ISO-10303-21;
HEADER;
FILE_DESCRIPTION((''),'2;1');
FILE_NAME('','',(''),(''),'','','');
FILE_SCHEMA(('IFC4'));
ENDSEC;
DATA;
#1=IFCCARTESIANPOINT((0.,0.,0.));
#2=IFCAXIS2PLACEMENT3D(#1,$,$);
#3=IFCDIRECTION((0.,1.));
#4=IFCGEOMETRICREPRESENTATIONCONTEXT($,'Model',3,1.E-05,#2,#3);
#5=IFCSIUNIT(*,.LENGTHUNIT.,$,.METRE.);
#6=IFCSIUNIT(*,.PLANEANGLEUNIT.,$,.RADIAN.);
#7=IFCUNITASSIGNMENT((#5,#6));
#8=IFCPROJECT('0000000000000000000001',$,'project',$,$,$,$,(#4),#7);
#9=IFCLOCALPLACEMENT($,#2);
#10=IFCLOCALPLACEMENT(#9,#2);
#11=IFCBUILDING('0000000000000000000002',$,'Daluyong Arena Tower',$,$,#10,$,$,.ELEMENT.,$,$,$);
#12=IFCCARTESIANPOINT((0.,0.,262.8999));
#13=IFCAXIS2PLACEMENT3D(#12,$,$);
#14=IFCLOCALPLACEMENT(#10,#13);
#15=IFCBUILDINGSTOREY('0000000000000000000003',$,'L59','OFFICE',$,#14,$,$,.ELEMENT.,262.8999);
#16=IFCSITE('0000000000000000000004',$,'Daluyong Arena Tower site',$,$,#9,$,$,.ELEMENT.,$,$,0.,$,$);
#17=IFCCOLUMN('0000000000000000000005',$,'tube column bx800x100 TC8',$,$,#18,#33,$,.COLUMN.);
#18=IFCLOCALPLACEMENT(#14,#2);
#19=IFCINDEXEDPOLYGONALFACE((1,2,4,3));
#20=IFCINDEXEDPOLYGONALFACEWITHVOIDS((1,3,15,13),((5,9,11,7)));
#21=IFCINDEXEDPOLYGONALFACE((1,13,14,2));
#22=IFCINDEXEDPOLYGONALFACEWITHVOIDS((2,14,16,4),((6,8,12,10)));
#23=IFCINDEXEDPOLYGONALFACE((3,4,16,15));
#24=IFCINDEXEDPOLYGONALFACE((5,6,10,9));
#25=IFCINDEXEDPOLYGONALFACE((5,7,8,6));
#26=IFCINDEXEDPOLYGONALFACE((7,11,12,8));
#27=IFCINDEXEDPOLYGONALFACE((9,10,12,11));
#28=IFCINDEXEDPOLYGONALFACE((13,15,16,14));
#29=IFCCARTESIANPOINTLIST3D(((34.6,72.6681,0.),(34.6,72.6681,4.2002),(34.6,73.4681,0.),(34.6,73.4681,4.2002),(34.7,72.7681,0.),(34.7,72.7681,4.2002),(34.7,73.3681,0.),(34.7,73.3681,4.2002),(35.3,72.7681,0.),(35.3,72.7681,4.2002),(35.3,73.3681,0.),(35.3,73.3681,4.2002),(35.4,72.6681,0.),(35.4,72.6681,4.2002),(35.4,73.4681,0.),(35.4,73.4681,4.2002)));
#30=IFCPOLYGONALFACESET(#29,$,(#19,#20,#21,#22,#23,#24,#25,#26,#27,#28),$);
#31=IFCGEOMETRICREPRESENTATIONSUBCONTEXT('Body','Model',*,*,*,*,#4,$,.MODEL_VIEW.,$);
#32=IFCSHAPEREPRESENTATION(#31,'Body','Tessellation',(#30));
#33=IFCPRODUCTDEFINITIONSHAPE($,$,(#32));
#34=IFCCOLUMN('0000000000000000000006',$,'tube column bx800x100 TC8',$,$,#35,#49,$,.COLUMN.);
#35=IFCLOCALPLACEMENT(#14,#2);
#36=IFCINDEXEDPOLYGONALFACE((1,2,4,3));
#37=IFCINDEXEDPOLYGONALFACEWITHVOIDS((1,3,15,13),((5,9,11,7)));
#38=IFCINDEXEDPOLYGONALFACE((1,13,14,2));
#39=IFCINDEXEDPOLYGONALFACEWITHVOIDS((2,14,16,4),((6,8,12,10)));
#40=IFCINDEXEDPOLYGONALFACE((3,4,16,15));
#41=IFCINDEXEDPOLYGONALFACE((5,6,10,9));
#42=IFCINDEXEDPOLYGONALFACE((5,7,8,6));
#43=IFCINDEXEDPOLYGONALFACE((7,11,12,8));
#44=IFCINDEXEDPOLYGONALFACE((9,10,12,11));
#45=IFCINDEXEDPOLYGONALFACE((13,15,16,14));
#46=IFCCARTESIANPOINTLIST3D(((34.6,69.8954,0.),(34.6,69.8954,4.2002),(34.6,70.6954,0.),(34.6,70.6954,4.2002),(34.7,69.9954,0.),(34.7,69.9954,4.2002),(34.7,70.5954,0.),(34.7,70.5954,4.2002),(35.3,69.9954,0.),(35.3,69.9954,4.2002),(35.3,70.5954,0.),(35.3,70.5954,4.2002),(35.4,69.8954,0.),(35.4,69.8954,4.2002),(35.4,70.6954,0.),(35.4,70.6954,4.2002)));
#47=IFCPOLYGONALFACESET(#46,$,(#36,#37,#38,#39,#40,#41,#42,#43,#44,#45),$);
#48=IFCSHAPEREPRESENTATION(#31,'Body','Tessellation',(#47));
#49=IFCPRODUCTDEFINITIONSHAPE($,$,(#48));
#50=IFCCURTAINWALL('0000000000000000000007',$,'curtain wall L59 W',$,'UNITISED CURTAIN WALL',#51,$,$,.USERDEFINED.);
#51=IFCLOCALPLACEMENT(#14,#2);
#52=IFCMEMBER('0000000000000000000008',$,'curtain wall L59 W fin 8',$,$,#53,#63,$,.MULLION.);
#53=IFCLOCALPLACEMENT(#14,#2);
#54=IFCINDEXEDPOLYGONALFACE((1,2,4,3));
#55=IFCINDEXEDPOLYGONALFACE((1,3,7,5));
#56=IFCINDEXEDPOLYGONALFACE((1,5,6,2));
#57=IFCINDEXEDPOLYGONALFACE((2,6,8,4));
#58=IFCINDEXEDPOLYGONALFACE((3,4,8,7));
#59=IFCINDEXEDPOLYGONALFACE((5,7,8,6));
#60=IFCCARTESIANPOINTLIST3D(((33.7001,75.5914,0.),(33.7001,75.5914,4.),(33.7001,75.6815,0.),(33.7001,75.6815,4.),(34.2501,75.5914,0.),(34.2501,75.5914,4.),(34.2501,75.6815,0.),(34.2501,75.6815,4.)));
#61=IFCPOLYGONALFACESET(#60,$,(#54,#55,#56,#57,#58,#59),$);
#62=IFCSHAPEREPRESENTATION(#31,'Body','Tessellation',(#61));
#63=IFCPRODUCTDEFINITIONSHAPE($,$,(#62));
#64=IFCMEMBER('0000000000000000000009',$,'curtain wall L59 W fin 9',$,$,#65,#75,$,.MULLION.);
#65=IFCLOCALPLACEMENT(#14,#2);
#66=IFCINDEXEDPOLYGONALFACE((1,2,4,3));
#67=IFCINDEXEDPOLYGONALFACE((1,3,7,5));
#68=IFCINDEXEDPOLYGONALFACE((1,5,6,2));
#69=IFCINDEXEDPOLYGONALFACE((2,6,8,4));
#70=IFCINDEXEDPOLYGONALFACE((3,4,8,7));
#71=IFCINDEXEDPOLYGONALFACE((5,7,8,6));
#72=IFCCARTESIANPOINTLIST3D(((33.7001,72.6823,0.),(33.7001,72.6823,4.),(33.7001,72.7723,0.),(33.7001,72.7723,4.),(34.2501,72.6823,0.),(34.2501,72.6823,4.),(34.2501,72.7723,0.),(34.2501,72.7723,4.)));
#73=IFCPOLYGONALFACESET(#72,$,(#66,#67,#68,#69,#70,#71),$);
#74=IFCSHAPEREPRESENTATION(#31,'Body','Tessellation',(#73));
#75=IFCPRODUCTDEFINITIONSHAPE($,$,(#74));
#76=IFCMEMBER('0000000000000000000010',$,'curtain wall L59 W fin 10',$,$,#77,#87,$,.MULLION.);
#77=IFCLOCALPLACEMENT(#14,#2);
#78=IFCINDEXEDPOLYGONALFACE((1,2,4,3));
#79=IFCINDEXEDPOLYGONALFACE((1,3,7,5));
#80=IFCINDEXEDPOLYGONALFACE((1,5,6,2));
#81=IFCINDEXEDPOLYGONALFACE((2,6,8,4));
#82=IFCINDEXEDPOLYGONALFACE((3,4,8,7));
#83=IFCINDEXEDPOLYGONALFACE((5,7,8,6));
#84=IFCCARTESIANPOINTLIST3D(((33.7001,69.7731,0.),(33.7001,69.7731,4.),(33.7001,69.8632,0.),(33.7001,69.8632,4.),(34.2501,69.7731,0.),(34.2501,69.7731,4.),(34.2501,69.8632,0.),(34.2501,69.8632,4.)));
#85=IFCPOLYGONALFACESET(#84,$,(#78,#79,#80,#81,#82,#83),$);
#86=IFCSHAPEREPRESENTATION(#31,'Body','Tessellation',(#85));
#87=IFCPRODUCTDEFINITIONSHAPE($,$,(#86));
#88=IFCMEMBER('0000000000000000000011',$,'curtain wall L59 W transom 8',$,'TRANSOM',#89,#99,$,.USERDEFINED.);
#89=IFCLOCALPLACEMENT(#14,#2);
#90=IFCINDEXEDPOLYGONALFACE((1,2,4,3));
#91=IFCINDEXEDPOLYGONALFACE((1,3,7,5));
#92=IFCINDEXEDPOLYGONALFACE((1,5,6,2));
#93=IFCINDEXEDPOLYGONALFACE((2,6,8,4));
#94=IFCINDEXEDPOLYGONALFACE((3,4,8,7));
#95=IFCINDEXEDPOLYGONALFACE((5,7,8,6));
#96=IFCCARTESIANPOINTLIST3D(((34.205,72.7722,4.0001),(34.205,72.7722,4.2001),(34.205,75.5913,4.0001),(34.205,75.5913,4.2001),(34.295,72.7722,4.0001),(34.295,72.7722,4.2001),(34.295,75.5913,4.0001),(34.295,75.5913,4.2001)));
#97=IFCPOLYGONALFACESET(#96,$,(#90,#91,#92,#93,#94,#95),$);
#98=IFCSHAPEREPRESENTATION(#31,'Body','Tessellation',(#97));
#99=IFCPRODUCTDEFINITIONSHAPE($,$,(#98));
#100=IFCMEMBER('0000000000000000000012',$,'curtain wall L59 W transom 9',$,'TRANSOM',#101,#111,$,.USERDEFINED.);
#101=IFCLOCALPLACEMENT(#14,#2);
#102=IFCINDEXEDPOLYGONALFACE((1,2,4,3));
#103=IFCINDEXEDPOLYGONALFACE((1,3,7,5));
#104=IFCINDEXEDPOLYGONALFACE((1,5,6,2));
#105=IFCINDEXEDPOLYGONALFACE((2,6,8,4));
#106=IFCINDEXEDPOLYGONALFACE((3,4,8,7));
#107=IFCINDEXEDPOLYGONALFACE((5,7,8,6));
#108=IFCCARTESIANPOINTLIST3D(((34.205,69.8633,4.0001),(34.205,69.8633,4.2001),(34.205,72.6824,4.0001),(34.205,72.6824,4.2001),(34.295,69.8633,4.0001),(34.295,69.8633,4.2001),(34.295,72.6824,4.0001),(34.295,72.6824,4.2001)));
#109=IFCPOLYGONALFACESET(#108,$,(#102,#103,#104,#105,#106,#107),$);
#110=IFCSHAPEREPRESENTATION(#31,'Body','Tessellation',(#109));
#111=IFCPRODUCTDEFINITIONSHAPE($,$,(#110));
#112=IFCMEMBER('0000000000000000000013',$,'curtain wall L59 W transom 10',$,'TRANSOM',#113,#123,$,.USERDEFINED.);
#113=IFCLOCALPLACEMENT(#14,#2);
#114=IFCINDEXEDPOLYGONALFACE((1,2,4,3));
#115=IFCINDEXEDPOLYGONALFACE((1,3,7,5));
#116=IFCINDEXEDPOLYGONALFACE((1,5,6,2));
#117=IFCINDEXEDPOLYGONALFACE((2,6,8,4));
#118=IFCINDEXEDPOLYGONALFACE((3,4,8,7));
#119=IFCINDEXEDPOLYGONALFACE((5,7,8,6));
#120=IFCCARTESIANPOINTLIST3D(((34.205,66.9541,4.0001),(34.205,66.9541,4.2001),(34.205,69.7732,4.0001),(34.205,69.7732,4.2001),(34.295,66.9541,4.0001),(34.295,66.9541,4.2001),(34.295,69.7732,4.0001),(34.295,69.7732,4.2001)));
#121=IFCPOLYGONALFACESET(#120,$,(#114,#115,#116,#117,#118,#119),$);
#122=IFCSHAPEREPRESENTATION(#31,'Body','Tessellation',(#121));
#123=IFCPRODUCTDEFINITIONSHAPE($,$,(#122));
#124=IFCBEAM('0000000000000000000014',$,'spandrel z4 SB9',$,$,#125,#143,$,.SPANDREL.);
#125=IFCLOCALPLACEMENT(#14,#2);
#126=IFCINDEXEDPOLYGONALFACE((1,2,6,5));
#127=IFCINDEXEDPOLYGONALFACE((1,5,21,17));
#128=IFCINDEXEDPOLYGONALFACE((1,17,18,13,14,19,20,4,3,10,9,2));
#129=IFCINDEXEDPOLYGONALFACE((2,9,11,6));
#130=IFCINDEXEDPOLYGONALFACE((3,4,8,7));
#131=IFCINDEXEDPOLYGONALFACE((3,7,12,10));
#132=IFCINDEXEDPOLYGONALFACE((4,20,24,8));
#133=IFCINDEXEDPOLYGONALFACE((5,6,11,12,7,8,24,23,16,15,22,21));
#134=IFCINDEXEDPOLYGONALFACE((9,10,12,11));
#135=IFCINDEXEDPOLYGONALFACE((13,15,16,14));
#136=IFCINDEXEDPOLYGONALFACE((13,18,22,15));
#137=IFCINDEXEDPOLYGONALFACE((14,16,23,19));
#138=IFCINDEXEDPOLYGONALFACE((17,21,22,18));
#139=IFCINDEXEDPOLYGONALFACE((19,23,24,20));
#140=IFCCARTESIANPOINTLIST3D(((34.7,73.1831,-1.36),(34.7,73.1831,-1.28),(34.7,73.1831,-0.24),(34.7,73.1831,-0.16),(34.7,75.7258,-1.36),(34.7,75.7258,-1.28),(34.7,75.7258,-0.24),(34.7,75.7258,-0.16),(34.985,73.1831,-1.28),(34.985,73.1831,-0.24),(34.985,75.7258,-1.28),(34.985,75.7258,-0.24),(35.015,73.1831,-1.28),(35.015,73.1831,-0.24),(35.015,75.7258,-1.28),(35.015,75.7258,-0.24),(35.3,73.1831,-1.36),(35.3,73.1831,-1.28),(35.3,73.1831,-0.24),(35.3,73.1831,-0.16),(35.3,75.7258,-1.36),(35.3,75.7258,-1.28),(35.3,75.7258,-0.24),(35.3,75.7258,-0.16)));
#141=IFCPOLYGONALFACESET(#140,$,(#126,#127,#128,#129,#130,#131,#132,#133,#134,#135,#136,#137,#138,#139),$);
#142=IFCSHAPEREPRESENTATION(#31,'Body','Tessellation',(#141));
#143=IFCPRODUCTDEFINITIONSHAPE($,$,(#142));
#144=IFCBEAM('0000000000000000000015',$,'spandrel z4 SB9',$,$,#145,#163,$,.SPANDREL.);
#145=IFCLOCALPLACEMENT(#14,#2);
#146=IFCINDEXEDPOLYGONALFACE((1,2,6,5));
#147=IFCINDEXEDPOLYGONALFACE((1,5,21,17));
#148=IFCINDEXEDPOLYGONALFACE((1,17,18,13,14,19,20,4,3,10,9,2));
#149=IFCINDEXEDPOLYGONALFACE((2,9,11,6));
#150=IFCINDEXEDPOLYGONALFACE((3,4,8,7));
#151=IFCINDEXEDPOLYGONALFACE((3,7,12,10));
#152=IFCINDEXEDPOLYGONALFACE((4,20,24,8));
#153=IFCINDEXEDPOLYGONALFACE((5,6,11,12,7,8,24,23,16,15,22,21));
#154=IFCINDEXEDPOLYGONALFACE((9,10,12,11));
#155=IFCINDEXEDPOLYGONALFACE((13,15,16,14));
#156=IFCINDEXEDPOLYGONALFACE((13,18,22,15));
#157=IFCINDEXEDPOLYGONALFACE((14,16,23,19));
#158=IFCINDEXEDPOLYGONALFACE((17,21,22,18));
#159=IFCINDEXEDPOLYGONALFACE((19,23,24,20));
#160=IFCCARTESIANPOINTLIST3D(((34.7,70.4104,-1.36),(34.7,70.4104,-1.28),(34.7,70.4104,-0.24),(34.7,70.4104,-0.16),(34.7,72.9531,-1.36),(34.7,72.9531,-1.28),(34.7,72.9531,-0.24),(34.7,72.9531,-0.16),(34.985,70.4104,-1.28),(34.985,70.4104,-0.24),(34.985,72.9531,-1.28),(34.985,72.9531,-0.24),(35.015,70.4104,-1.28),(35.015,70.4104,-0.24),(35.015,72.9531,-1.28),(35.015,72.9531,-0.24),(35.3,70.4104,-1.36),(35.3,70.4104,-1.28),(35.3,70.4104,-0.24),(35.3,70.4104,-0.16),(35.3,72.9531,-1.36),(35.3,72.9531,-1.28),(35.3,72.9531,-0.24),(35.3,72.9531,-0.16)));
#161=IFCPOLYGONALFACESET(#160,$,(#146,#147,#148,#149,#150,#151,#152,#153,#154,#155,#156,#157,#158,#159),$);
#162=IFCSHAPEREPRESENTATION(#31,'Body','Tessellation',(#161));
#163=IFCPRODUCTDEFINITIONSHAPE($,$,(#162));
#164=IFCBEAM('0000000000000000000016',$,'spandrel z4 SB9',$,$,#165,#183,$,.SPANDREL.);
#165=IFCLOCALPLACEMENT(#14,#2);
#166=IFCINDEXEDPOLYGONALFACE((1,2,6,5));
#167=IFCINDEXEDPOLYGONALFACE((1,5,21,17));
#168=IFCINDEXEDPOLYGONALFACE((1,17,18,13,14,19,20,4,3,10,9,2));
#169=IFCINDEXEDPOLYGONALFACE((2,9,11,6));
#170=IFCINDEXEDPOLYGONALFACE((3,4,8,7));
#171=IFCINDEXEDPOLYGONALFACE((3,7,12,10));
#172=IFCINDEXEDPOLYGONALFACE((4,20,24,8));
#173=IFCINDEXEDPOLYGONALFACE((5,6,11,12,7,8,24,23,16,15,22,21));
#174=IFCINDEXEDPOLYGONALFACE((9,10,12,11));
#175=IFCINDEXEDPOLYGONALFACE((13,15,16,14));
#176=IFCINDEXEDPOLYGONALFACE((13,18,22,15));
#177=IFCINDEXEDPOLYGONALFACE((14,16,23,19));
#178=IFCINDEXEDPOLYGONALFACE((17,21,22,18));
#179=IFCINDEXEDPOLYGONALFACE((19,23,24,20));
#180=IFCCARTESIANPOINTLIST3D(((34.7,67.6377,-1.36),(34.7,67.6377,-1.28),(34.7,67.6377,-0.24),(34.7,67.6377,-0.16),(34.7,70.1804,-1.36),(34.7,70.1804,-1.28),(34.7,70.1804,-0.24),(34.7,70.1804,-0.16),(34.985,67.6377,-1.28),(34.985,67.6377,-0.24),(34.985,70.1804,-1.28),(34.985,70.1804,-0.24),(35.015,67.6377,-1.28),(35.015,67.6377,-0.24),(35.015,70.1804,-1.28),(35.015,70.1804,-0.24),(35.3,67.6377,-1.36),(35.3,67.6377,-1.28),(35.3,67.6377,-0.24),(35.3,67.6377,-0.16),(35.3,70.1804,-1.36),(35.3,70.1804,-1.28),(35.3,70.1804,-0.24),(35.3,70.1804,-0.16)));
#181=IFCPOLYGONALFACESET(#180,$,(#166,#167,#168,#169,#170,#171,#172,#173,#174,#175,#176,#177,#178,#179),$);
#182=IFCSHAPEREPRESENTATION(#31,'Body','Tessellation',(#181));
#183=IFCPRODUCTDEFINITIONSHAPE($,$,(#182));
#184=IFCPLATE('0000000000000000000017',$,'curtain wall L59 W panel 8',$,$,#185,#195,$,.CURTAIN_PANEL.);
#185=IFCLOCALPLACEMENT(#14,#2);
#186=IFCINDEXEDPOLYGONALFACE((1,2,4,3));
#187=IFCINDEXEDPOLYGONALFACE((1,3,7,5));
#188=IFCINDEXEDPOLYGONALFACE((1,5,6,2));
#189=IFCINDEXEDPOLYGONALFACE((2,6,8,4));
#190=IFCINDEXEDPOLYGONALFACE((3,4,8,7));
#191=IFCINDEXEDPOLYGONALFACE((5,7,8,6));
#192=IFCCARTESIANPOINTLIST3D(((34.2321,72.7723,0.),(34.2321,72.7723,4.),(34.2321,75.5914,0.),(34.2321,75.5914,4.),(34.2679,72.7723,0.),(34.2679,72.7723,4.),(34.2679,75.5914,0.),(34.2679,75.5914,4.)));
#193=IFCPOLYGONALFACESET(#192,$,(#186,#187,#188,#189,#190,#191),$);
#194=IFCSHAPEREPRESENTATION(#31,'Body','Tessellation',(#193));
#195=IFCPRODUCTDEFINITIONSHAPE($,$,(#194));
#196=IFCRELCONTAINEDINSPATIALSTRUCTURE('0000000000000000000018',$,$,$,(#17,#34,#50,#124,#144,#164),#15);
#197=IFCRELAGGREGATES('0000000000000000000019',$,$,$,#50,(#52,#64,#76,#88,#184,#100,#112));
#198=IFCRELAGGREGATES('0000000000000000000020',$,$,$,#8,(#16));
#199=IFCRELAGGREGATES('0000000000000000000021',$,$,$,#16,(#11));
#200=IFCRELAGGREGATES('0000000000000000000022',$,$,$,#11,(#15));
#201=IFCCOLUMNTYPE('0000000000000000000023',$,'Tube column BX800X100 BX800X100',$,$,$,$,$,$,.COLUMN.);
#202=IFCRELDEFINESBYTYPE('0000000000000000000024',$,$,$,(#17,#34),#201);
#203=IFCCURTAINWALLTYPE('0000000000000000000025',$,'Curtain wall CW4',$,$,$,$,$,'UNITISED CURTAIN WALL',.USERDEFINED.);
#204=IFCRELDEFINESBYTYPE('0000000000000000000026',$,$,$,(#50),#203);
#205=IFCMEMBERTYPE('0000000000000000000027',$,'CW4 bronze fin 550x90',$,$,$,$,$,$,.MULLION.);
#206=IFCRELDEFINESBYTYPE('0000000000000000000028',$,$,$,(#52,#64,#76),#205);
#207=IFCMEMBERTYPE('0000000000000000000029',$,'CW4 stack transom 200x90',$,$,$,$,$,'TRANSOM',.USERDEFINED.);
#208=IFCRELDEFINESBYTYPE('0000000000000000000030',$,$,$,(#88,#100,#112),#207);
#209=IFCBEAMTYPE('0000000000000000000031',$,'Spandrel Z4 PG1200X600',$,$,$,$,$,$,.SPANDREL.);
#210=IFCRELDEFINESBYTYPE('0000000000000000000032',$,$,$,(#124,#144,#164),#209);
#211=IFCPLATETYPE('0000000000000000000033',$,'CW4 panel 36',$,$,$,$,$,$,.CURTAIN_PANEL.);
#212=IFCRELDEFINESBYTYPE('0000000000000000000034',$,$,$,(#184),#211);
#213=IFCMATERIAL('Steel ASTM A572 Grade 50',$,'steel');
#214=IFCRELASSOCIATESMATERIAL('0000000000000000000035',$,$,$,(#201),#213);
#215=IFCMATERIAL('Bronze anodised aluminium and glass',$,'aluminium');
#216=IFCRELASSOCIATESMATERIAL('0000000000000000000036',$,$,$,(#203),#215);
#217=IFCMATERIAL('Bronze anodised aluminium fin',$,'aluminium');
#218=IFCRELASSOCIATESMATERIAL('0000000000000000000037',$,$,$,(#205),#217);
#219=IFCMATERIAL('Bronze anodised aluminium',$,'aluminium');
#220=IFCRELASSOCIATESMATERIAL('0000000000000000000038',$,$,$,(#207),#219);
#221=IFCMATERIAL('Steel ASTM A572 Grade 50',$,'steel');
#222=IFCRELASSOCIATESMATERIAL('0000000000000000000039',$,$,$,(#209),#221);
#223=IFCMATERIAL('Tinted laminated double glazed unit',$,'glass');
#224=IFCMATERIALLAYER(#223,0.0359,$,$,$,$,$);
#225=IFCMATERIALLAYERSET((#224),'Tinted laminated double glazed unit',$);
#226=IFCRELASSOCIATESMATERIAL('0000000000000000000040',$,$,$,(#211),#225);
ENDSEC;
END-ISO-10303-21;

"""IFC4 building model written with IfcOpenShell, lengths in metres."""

from ifc_helpers import new_model, si_unit, direction, frame, origin, origin_2d, place, context, subcontext, project, spatial, rectangle, hollow_rectangle, i_section, extrude, material, layer, layer_set, material_profile, profile_set, type_object, element, aggregate, save


model = new_model("IFC4")

# Units and contexts
model_context = context("Model", 3, precision=1e-05, world=origin(), true_north=direction((0.0, 1.0)))
body_context = subcontext(model_context, "Body", "Model", "MODEL_VIEW")
ifc_project = project(units=[si_unit("LENGTHUNIT", "METRE"), si_unit("PLANEANGLEUNIT", "RADIAN")], contexts=[model_context])

# Site, building, storey
site_placement = place(None, origin())
site = spatial("IfcSite", under=ifc_project, at=site_placement, Name="Daluyong Arena Tower site", CompositionType="ELEMENT", RefElevation=0.0)
building_placement = place(site_placement, origin())
building = spatial("IfcBuilding", under=site, at=building_placement, Name="Daluyong Arena Tower", CompositionType="ELEMENT")
storey_placement = place(building_placement, frame((0.0, 0.0, 262.8999)))
storey = spatial("IfcBuildingStorey", under=building, at=storey_placement, Name="L59", Description="OFFICE", CompositionType="ELEMENT", Elevation=262.8999)

# Columns
ifc_material_1 = material(Name="Steel ASTM A572 Grade 50", Category="steel")
ifc_material_profile_1 = material_profile(ifc_material_1, hollow_rectangle(XDim=0.8, YDim=0.8, WallThickness=0.1, at=origin_2d()))
ifc_profile_set_1 = profile_set([ifc_material_profile_1], Name="Steel ASTM A572 Grade 50")
column_type = type_object("IfcColumnType", Name="Tube column BX800X100 BX800X100", PredefinedType="COLUMN", material=ifc_profile_set_1)
for number, where, z_axis, x_axis, name in (
    (1, (35.0, 73.0681, 0.0), (0.0, 0.0, 1.0), (0.0, 1.0, 0.0), "tube column bx800x100 TC8"),
    (2, (35.0, 70.2954, 0.0), (0.0, 0.0, 1.0), (0.0, 1.0, 0.0), "tube column bx800x100 TC8"),
):
    element("IfcColumn", number, at=place(storey_placement, frame(where, z_axis=z_axis, x_axis=x_axis)), inside=storey, type_object=column_type, Name=name, PredefinedType="COLUMN", context=body_context, shape_type="SweptSolid", body=[
        extrude(hollow_rectangle(XDim=0.8, YDim=0.8, WallThickness=0.1, at=origin_2d()), origin(), (0.0, 0.0, 1.0), 4.2002),
    ])

# Curtain wall, members
ifc_material_2 = material(Name="Bronze anodised aluminium and glass", Category="aluminium")
curtain_wall_type = type_object("IfcCurtainWallType", Name="Curtain wall CW4", ElementType="UNITISED CURTAIN WALL", PredefinedType="USERDEFINED", material=ifc_material_2)
curtain_wall_placement = place(storey_placement, origin())
curtain_wall = element("IfcCurtainWall", 3, at=curtain_wall_placement, inside=storey, type_object=curtain_wall_type, Name="curtain wall L59 W", ObjectType="UNITISED CURTAIN WALL", PredefinedType="USERDEFINED")
ifc_material_3 = material(Name="Bronze anodised aluminium fin", Category="aluminium")
ifc_material_profile_2 = material_profile(ifc_material_3, rectangle(XDim=0.55, YDim=0.0901, at=origin_2d()))
ifc_profile_set_2 = profile_set([ifc_material_profile_2], Name="Bronze anodised aluminium fin")
member_type_1 = type_object("IfcMemberType", Name="CW4 bronze fin 550x90", PredefinedType="MULLION", material=ifc_profile_set_2)
member_1_placement = place(storey_placement, frame((33.9751, 75.6365, 0.0), z_axis=(0.0, 0.0, 1.0), x_axis=(1.0, 0.0, 0.0)))
member_1 = element("IfcMember", 4, at=member_1_placement, type_object=member_type_1, Name="curtain wall L59 W fin 8", PredefinedType="MULLION", context=body_context, shape_type="SweptSolid", body=[
    extrude(rectangle(XDim=0.55, YDim=0.0901, at=origin_2d()), origin(), (0.0, 0.0, 1.0), 4.0),
])
member_2_placement = place(storey_placement, frame((33.9751, 72.7273, 0.0), z_axis=(0.0, 0.0, 1.0), x_axis=(1.0, 0.0, 0.0)))
member_2 = element("IfcMember", 5, at=member_2_placement, type_object=member_type_1, Name="curtain wall L59 W fin 9", PredefinedType="MULLION", context=body_context, shape_type="SweptSolid", body=[
    extrude(rectangle(XDim=0.55, YDim=0.0901, at=origin_2d()), origin(), (0.0, 0.0, 1.0), 4.0),
])
member_3_placement = place(storey_placement, frame((33.9751, 69.8181, 0.0), z_axis=(0.0, 0.0, 1.0), x_axis=(1.0, 0.0, 0.0)))
member_3 = element("IfcMember", 6, at=member_3_placement, type_object=member_type_1, Name="curtain wall L59 W fin 10", PredefinedType="MULLION", context=body_context, shape_type="SweptSolid", body=[
    extrude(rectangle(XDim=0.55, YDim=0.0901, at=origin_2d()), origin(), (0.0, 0.0, 1.0), 4.0),
])
ifc_material_4 = material(Name="Bronze anodised aluminium", Category="aluminium")
ifc_material_profile_3 = material_profile(ifc_material_4, rectangle(XDim=0.0901, YDim=0.2, at=origin_2d()))
ifc_profile_set_3 = profile_set([ifc_material_profile_3], Name="Bronze anodised aluminium")
member_type_2 = type_object("IfcMemberType", Name="CW4 stack transom 200x90", ElementType="TRANSOM", PredefinedType="USERDEFINED", material=ifc_profile_set_3)
member_4_placement = place(storey_placement, frame((34.25, 75.5913, 4.1001), z_axis=(0.0, -1.0, 0.0), x_axis=(1.0, 0.0, 0.0)))
member_4 = element("IfcMember", 7, at=member_4_placement, type_object=member_type_2, Name="curtain wall L59 W transom 8", ObjectType="TRANSOM", PredefinedType="USERDEFINED", context=body_context, shape_type="SweptSolid", body=[
    extrude(rectangle(XDim=0.0901, YDim=0.2, at=origin_2d()), origin(), (0.0, 0.0, 1.0), 2.8191),
])
member_5_placement = place(storey_placement, frame((34.25, 72.6824, 4.1001), z_axis=(0.0, -1.0, 0.0), x_axis=(1.0, 0.0, 0.0)))
member_5 = element("IfcMember", 8, at=member_5_placement, type_object=member_type_2, Name="curtain wall L59 W transom 9", ObjectType="TRANSOM", PredefinedType="USERDEFINED", context=body_context, shape_type="SweptSolid", body=[
    extrude(rectangle(XDim=0.0901, YDim=0.2, at=origin_2d()), origin(), (0.0, 0.0, 1.0), 2.8191),
])
member_6_placement = place(storey_placement, frame((34.25, 69.7732, 4.1001), z_axis=(0.0, -1.0, 0.0), x_axis=(1.0, 0.0, 0.0)))
member_6 = element("IfcMember", 9, at=member_6_placement, type_object=member_type_2, Name="curtain wall L59 W transom 10", ObjectType="TRANSOM", PredefinedType="USERDEFINED", context=body_context, shape_type="SweptSolid", body=[
    extrude(rectangle(XDim=0.0901, YDim=0.2, at=origin_2d()), origin(), (0.0, 0.0, 1.0), 2.8191),
])

# Beams
ifc_material_5 = material(Name="Steel ASTM A572 Grade 50", Category="steel")
ifc_material_profile_4 = material_profile(ifc_material_5, i_section(OverallWidth=0.6001, OverallDepth=1.2, WebThickness=0.03, FlangeThickness=0.08, at=origin_2d()))
ifc_profile_set_4 = profile_set([ifc_material_profile_4], Name="Steel ASTM A572 Grade 50")
beam_type = type_object("IfcBeamType", Name="Spandrel Z4 PG1200X600", PredefinedType="SPANDREL", material=ifc_profile_set_4)
for number, where, z_axis, x_axis, name in (
    (10, (35.0, 75.7258, -0.76), (0.0, -1.0, 0.0), (1.0, 0.0, 0.0), "spandrel z4 SB9"),
    (11, (35.0, 72.9531, -0.76), (0.0, -1.0, 0.0), (1.0, 0.0, 0.0), "spandrel z4 SB9"),
    (12, (35.0, 70.1804, -0.76), (0.0, -1.0, 0.0), (1.0, 0.0, 0.0), "spandrel z4 SB9"),
):
    element("IfcBeam", number, at=place(storey_placement, frame(where, z_axis=z_axis, x_axis=x_axis)), inside=storey, type_object=beam_type, Name=name, PredefinedType="SPANDREL", context=body_context, shape_type="SweptSolid", body=[
        extrude(i_section(OverallWidth=0.6001, OverallDepth=1.2, WebThickness=0.03, FlangeThickness=0.08, at=origin_2d()), origin(), (0.0, 0.0, 1.0), 2.5427),
    ])

# Plate
ifc_material_6 = material(Name="Tinted laminated double glazed unit", Category="glass")
ifc_layer = layer(ifc_material_6, 0.0359)
ifc_layer_set = layer_set([ifc_layer], Name="Tinted laminated double glazed unit")
plate_type = type_object("IfcPlateType", Name="CW4 panel 36", PredefinedType="CURTAIN_PANEL", material=ifc_layer_set)
plate_1_placement = place(storey_placement, frame((34.25, 74.1819, 0.0), z_axis=(0.0, 0.0, 1.0), x_axis=(0.0, -1.0, 0.0)))
plate_1 = element("IfcPlate", 13, at=plate_1_placement, type_object=plate_type, Name="curtain wall L59 W panel 8", PredefinedType="CURTAIN_PANEL", context=body_context, shape_type="SweptSolid", body=[
    extrude(rectangle(XDim=2.8191, YDim=0.0359, at=origin_2d()), origin(), (0.0, 0.0, 1.0), 4.0),
])
aggregate(curtain_wall, [member_1, member_2, member_3, member_4, plate_1, member_5, member_6])

save(model, "model.ifc")
